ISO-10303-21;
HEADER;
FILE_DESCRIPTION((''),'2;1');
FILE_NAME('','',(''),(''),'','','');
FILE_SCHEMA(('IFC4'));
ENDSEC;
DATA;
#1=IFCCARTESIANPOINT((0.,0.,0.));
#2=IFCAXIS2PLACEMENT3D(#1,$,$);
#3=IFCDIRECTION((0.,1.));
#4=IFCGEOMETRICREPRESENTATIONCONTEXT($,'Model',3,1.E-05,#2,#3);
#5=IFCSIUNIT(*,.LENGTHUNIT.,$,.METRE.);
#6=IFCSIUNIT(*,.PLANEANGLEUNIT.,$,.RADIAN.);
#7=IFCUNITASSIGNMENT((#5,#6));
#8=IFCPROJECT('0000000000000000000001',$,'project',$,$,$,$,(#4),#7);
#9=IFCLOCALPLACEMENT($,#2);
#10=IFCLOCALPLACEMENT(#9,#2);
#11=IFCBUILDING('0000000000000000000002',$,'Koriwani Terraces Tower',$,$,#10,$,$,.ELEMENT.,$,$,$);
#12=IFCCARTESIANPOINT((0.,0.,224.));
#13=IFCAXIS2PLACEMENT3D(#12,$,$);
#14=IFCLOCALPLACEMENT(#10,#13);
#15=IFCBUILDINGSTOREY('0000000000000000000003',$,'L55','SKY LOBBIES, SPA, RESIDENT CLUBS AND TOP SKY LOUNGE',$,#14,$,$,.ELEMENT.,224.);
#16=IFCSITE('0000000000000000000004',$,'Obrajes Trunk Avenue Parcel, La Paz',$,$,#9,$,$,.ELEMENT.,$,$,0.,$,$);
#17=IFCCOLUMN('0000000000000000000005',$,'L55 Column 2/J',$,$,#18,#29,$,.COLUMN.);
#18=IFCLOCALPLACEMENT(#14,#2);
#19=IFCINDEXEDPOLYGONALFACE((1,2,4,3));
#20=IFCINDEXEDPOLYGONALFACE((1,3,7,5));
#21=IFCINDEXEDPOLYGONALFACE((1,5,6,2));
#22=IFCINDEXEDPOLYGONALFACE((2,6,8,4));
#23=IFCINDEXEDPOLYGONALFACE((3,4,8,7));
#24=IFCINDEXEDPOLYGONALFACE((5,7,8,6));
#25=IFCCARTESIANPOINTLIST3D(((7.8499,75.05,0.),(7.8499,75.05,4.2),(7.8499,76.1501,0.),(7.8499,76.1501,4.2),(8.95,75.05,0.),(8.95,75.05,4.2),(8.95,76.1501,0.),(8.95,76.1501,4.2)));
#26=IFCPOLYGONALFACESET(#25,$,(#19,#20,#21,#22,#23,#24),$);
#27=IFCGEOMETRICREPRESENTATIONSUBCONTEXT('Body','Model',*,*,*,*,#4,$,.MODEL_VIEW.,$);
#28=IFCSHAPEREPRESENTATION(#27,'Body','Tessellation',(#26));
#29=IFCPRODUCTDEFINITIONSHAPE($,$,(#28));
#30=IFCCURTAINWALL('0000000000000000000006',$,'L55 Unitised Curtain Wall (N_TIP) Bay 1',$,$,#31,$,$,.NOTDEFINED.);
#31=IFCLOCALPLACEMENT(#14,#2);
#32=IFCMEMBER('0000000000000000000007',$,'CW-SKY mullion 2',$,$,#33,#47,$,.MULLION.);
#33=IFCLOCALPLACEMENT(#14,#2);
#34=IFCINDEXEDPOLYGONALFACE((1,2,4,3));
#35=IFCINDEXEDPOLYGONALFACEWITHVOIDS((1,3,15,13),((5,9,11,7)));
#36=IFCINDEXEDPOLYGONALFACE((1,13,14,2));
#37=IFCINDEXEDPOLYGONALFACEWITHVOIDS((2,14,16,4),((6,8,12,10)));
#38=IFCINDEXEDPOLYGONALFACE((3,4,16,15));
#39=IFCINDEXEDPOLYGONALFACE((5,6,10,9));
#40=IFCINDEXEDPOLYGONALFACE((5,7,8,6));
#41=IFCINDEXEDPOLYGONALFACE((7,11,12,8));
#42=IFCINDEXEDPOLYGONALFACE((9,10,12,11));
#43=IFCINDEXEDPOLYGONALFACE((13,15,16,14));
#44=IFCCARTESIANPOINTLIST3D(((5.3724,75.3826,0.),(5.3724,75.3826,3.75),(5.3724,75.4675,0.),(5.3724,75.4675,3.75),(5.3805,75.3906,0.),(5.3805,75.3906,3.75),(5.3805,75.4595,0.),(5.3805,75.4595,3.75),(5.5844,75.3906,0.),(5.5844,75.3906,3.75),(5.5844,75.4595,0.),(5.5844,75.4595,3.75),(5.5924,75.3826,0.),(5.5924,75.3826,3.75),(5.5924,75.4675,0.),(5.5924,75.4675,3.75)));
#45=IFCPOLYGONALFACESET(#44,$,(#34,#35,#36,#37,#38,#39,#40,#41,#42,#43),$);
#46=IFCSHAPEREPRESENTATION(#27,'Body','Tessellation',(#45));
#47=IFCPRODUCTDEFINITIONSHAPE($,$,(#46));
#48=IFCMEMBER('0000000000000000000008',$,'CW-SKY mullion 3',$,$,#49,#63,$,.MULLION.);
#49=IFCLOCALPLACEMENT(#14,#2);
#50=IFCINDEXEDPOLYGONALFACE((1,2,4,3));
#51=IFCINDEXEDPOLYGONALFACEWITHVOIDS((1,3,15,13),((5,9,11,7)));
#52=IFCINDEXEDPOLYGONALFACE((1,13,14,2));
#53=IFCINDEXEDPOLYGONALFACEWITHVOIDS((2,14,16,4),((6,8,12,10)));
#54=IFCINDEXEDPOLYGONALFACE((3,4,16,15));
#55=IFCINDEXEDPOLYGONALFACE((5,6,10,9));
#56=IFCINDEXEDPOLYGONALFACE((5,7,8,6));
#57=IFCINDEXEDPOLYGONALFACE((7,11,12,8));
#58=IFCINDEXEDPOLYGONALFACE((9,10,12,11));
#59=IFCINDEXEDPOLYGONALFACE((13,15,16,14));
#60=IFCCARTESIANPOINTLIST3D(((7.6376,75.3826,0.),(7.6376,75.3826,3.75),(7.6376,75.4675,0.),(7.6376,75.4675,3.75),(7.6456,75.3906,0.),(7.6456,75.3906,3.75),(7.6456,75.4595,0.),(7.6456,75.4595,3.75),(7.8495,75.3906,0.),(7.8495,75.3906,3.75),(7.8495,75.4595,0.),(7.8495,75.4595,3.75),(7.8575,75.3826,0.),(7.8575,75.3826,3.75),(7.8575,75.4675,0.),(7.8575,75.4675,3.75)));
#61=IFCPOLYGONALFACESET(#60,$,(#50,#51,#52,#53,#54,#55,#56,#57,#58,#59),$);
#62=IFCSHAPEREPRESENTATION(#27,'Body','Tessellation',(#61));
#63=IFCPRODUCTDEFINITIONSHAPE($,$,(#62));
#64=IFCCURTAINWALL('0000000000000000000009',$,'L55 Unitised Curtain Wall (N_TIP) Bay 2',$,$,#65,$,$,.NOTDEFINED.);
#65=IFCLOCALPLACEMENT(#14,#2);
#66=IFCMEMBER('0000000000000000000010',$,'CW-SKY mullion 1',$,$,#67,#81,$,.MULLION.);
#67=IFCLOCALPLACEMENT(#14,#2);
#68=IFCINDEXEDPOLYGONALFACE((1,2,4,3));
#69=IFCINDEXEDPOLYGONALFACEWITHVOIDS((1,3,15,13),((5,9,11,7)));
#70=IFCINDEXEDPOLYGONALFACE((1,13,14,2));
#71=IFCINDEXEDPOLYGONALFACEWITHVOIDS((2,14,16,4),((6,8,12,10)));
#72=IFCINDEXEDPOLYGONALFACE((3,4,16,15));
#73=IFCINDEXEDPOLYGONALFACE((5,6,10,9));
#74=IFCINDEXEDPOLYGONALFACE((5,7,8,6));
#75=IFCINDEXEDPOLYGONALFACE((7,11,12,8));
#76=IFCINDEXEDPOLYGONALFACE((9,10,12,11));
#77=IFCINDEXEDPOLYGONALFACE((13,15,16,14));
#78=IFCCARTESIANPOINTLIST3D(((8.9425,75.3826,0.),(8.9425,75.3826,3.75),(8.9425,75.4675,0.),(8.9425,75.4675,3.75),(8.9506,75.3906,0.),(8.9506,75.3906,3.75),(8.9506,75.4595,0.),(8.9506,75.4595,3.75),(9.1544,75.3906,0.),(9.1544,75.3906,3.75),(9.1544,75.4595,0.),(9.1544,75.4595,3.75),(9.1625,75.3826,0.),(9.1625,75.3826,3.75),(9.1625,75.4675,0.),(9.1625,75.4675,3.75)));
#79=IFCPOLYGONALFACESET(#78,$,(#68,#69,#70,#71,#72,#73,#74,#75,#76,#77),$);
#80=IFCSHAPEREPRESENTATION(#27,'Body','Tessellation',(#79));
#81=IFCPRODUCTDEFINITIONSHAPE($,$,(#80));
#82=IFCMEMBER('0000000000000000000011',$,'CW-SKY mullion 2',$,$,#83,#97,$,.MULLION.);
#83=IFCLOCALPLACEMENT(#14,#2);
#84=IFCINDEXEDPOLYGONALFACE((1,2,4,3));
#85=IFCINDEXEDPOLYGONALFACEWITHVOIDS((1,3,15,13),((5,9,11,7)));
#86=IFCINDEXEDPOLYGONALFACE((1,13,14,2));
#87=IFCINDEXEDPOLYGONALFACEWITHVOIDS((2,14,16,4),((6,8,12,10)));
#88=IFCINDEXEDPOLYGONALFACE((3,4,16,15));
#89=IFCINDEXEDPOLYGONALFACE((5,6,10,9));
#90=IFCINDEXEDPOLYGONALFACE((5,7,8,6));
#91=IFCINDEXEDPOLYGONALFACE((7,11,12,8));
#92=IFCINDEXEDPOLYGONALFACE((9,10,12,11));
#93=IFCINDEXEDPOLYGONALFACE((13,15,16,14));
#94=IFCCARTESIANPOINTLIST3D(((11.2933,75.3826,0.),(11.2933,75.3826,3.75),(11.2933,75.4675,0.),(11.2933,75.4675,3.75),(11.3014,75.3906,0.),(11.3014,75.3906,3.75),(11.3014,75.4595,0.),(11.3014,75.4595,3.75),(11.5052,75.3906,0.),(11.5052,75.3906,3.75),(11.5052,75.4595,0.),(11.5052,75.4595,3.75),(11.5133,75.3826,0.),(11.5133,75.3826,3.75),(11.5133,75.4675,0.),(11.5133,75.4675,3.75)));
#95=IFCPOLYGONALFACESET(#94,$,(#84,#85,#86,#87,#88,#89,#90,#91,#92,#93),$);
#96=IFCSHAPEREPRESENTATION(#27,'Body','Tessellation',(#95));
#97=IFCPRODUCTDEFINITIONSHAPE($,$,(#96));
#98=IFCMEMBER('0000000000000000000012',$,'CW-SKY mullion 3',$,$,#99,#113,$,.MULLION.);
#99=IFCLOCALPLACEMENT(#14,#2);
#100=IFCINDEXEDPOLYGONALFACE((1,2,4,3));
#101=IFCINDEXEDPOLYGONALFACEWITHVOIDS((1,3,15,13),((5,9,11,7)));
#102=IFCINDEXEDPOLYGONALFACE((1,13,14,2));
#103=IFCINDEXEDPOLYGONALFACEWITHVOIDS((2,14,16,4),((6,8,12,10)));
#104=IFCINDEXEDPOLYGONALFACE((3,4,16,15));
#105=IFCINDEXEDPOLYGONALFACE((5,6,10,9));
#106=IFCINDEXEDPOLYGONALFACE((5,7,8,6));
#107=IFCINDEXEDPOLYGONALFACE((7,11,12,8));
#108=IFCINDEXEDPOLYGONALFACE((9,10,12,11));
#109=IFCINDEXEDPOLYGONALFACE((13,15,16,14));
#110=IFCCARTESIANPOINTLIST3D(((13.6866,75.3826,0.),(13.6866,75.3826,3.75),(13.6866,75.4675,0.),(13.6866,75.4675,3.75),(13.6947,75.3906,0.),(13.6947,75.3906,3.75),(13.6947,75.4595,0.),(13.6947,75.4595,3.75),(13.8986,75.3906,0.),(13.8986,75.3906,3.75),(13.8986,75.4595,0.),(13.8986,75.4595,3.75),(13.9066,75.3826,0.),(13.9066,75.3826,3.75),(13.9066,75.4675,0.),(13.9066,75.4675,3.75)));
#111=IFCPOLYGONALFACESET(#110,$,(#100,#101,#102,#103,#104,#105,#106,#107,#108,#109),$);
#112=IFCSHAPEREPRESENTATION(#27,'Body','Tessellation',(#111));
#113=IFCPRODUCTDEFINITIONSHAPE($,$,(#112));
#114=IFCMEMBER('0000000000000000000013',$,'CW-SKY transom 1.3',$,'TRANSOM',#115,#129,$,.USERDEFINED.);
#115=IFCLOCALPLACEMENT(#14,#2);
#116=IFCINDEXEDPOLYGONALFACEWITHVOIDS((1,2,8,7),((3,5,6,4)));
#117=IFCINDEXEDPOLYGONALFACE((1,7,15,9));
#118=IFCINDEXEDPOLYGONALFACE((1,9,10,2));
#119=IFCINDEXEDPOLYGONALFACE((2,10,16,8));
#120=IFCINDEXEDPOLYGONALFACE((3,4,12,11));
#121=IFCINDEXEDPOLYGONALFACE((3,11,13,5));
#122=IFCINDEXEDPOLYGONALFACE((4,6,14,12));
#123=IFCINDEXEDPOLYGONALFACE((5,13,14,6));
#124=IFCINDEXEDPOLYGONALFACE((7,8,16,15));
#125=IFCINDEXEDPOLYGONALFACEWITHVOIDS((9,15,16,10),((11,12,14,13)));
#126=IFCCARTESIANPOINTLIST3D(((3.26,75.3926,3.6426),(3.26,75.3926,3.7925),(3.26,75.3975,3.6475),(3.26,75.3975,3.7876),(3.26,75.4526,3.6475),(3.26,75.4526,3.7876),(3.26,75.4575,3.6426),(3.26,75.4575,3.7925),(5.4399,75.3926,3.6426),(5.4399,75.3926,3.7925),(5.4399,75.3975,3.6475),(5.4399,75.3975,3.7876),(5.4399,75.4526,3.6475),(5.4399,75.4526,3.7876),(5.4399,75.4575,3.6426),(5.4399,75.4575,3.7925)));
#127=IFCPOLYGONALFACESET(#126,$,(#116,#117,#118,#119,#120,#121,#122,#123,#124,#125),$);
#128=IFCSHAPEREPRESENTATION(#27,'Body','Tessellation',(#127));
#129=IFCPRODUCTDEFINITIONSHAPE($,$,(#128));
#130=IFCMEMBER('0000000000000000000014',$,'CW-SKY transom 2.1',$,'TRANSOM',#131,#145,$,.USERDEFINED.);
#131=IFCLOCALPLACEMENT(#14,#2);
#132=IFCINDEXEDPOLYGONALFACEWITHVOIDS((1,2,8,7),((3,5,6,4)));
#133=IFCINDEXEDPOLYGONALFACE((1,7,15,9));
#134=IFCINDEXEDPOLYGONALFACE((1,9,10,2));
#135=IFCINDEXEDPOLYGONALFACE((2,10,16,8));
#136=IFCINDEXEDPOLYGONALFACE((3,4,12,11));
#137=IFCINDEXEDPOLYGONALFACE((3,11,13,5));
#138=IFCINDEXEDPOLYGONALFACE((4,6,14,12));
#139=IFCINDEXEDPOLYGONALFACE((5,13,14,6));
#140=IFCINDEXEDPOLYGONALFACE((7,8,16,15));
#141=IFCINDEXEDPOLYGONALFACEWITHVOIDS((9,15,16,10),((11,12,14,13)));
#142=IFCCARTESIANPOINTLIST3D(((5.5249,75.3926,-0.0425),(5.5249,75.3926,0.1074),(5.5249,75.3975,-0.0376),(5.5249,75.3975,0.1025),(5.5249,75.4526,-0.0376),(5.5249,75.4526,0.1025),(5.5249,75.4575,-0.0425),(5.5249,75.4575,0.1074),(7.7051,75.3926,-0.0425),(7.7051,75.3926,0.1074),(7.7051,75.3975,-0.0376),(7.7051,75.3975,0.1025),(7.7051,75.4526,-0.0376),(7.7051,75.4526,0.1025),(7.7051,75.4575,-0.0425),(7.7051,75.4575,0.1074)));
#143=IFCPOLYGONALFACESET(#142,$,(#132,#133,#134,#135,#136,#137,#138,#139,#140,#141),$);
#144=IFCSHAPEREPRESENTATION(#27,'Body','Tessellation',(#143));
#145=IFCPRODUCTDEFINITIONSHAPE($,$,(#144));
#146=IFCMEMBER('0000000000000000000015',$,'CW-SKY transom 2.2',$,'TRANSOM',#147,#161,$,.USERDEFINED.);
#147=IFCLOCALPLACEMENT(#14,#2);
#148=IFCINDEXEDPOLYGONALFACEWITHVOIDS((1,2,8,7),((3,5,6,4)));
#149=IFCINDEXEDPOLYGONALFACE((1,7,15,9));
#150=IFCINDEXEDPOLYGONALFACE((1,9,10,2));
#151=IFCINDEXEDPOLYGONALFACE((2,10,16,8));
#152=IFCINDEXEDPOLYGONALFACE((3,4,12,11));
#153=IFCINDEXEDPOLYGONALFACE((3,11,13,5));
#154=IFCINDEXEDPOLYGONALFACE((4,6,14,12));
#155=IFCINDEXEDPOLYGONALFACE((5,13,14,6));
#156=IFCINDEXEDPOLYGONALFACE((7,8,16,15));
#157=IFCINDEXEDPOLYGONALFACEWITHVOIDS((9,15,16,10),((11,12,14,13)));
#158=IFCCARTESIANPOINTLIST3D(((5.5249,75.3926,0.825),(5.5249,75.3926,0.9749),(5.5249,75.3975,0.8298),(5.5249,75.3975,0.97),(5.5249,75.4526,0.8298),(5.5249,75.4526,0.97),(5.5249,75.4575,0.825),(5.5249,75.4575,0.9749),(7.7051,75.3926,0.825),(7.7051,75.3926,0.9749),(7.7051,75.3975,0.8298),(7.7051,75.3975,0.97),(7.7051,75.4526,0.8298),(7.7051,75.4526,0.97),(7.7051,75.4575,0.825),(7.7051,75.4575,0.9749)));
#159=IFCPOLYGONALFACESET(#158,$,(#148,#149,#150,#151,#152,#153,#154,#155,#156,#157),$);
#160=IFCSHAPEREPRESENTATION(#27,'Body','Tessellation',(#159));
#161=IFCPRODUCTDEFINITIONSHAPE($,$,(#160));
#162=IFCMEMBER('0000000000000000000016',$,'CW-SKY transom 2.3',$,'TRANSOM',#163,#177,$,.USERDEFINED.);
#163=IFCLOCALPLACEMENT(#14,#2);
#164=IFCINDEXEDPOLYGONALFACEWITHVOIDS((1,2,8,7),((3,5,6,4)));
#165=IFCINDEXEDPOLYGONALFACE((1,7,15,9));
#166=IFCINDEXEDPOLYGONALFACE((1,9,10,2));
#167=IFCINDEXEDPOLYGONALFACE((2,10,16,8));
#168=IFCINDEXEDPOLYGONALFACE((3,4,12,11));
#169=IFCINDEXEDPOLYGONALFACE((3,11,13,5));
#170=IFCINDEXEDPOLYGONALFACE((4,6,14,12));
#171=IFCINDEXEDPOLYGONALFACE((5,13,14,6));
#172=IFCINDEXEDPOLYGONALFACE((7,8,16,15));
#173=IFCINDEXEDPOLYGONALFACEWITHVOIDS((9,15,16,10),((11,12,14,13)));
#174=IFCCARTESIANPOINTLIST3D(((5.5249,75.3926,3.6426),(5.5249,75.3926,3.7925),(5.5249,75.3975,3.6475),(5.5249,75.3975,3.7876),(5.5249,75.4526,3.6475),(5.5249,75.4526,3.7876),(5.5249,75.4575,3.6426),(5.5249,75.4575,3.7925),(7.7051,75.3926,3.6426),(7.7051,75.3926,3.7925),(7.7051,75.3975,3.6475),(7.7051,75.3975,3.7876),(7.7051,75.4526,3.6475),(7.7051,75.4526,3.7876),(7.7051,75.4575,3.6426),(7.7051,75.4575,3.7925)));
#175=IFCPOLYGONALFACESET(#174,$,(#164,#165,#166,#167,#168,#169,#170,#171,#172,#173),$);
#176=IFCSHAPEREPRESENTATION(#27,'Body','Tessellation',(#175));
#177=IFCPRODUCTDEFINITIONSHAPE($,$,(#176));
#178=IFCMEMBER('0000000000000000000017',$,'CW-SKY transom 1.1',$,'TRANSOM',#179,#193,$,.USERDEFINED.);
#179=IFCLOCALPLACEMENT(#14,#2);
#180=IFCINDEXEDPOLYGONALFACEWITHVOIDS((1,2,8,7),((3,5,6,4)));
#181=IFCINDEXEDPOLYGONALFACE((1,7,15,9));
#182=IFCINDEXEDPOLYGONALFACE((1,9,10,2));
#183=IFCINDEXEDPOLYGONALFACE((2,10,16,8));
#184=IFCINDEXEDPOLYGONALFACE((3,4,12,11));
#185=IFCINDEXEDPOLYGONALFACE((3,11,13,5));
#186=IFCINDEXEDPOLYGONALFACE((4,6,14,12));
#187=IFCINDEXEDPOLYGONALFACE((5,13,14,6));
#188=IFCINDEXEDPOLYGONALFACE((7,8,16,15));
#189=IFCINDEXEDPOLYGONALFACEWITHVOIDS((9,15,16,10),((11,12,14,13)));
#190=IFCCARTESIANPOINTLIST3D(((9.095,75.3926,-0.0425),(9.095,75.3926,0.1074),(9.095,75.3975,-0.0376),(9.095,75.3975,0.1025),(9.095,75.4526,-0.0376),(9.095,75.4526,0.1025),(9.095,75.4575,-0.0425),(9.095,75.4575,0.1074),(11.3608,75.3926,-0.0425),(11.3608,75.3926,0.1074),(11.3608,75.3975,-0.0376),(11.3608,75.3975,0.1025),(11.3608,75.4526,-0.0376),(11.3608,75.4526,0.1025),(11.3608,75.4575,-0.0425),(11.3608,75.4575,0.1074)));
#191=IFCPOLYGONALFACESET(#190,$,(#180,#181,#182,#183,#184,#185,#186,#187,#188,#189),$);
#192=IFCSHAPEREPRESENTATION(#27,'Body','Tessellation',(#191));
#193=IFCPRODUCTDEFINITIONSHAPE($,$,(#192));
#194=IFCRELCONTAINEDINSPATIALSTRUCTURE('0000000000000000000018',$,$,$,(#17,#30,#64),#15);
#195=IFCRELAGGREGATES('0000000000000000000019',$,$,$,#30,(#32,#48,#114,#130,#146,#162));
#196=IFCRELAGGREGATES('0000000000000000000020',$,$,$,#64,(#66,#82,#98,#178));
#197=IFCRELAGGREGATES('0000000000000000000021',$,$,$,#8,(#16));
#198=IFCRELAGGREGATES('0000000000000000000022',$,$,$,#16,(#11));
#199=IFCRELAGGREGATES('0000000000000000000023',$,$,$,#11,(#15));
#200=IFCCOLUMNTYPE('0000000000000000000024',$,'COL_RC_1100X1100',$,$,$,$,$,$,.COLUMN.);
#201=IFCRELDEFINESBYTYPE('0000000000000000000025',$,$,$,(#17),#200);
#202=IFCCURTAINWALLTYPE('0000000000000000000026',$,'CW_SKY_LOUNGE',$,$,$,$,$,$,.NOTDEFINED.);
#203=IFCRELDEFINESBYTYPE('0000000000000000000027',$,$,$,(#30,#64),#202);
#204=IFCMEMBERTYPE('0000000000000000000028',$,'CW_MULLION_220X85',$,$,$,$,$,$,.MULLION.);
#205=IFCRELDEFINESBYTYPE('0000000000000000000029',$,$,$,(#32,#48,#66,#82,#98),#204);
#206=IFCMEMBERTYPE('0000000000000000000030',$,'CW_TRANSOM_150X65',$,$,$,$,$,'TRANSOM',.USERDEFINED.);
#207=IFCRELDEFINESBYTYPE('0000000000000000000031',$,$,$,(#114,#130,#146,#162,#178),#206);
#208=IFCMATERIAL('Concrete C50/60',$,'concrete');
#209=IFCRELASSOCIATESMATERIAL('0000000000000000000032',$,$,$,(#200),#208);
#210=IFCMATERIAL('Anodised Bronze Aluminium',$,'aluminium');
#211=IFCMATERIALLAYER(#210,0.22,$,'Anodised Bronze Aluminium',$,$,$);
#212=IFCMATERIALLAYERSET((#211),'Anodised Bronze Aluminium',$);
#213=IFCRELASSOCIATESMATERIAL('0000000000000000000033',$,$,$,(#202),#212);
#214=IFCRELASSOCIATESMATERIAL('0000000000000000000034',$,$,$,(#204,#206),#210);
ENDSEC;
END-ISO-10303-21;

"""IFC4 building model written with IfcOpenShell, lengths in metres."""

from ifc_helpers import new_model, si_unit, direction, frame, origin, origin_2d, place, context, subcontext, project, spatial, rectangle, hollow_rectangle, extrude, material, layer, layer_set, material_profile, profile_set, type_object, element, aggregate, save


model = new_model("IFC4")

# Units and contexts
model_context = context("Model", 3, precision=1e-05, world=origin(), true_north=direction((0.0, 1.0)))
body_context = subcontext(model_context, "Body", "Model", "MODEL_VIEW")
ifc_project = project(units=[si_unit("LENGTHUNIT", "METRE"), si_unit("PLANEANGLEUNIT", "RADIAN")], contexts=[model_context])

# Site, building, storey
site_placement = place(None, origin())
site = spatial("IfcSite", under=ifc_project, at=site_placement, Name="Obrajes Trunk Avenue Parcel, La Paz", CompositionType="ELEMENT", RefElevation=0.0)
building_placement = place(site_placement, origin())
building = spatial("IfcBuilding", under=site, at=building_placement, Name="Koriwani Terraces Tower", CompositionType="ELEMENT")
storey_placement = place(building_placement, frame((0.0, 0.0, 224.0)))
storey = spatial("IfcBuildingStorey", under=building, at=storey_placement, Name="L55", Description="SKY LOBBIES, SPA, RESIDENT CLUBS AND TOP SKY LOUNGE", CompositionType="ELEMENT", Elevation=224.0)

# Column
ifc_material_1 = material(Name="Concrete C50/60", Category="concrete")
ifc_material_profile_1 = material_profile(ifc_material_1, rectangle(XDim=1.1001, YDim=1.1001, at=origin_2d()), Name="Concrete C50/60", Category="LoadBearing")
ifc_profile_set_1 = profile_set([ifc_material_profile_1], Name="Concrete C50/60")
column_type = type_object("IfcColumnType", Name="COL_RC_1100X1100", PredefinedType="COLUMN", material=ifc_profile_set_1)
column_placement = place(storey_placement, frame((8.3999, 75.6001, 0.0), z_axis=(0.0, 0.0, 1.0), x_axis=(1.0, 0.0, 0.0)))
element("IfcColumn", 1, at=column_placement, inside=storey, type_object=column_type, Name="L55 Column 2/J", PredefinedType="COLUMN", context=body_context, shape_type="SweptSolid", body=[
    extrude(rectangle(XDim=1.1001, YDim=1.1001, at=origin_2d()), origin(), (0.0, 0.0, 1.0), 4.2),
])

# Curtain walls, members
ifc_material_2 = material(Name="Anodised Bronze Aluminium", Category="aluminium")
ifc_layer_1 = layer(ifc_material_2, 0.22, Name="Anodised Bronze Aluminium")
ifc_layer_set_1 = layer_set([ifc_layer_1], Name="Anodised Bronze Aluminium")
curtain_wall_type = type_object("IfcCurtainWallType", Name="CW_SKY_LOUNGE", PredefinedType="NOTDEFINED", material=ifc_layer_set_1)
curtain_wall_1_placement = place(storey_placement, origin())
curtain_wall_1 = element("IfcCurtainWall", 2, at=curtain_wall_1_placement, inside=storey, type_object=curtain_wall_type, Name="L55 Unitised Curtain Wall (N_TIP) Bay 1", PredefinedType="NOTDEFINED")
ifc_material_profile_2 = material_profile(ifc_material_2, hollow_rectangle(XDim=0.085, YDim=0.22, WallThickness=0.0081, at=origin_2d()), Name="Anodised Bronze Aluminium", Category="LoadBearing")
ifc_profile_set_2 = profile_set([ifc_material_profile_2], Name="Anodised Bronze Aluminium")
member_type_1 = type_object("IfcMemberType", Name="CW_MULLION_220X85", PredefinedType="MULLION", material=ifc_profile_set_2)
member_1_placement = place(storey_placement, frame((5.4824, 75.425, 0.0), z_axis=(0.0, 0.0, 1.0), x_axis=(0.0, 1.0, 0.0)))
member_1 = element("IfcMember", 3, at=member_1_placement, type_object=member_type_1, Name="CW-SKY mullion 2", PredefinedType="MULLION", context=body_context, shape_type="SweptSolid", body=[
    extrude(hollow_rectangle(XDim=0.085, YDim=0.22, WallThickness=0.0081, at=origin_2d()), origin(), (0.0, 0.0, 1.0), 3.75),
])
member_2_placement = place(storey_placement, frame((7.7476, 75.425, 0.0), z_axis=(0.0, 0.0, 1.0), x_axis=(0.0, 1.0, 0.0)))
member_2 = element("IfcMember", 4, at=member_2_placement, type_object=member_type_1, Name="CW-SKY mullion 3", PredefinedType="MULLION", context=body_context, shape_type="SweptSolid", body=[
    extrude(hollow_rectangle(XDim=0.085, YDim=0.22, WallThickness=0.0081, at=origin_2d()), origin(), (0.0, 0.0, 1.0), 3.75),
])
curtain_wall_2_placement = place(storey_placement, origin())
curtain_wall_2 = element("IfcCurtainWall", 5, at=curtain_wall_2_placement, inside=storey, type_object=curtain_wall_type, Name="L55 Unitised Curtain Wall (N_TIP) Bay 2", PredefinedType="NOTDEFINED")
member_3_placement = place(storey_placement, frame((9.0525, 75.425, 0.0), z_axis=(0.0, 0.0, 1.0), x_axis=(0.0, 1.0, 0.0)))
member_3 = element("IfcMember", 6, at=member_3_placement, type_object=member_type_1, Name="CW-SKY mullion 1", PredefinedType="MULLION", context=body_context, shape_type="SweptSolid", body=[
    extrude(hollow_rectangle(XDim=0.085, YDim=0.22, WallThickness=0.0081, at=origin_2d()), origin(), (0.0, 0.0, 1.0), 3.75),
])
member_4_placement = place(storey_placement, frame((11.4033, 75.425, 0.0), z_axis=(0.0, 0.0, 1.0), x_axis=(0.0, 1.0, 0.0)))
member_4 = element("IfcMember", 7, at=member_4_placement, type_object=member_type_1, Name="CW-SKY mullion 2", PredefinedType="MULLION", context=body_context, shape_type="SweptSolid", body=[
    extrude(hollow_rectangle(XDim=0.085, YDim=0.22, WallThickness=0.0081, at=origin_2d()), origin(), (0.0, 0.0, 1.0), 3.75),
])
member_5_placement = place(storey_placement, frame((13.7966, 75.425, 0.0), z_axis=(0.0, 0.0, 1.0), x_axis=(0.0, 1.0, 0.0)))
member_5 = element("IfcMember", 8, at=member_5_placement, type_object=member_type_1, Name="CW-SKY mullion 3", PredefinedType="MULLION", context=body_context, shape_type="SweptSolid", body=[
    extrude(hollow_rectangle(XDim=0.085, YDim=0.22, WallThickness=0.0081, at=origin_2d()), origin(), (0.0, 0.0, 1.0), 3.75),
])

# Members
ifc_material_profile_3 = material_profile(ifc_material_2, hollow_rectangle(XDim=0.0649, YDim=0.1499, WallThickness=0.0049, at=origin_2d()), Name="Anodised Bronze Aluminium", Category="LoadBearing")
ifc_profile_set_3 = profile_set([ifc_material_profile_3], Name="Anodised Bronze Aluminium")
member_type_2 = type_object("IfcMemberType", Name="CW_TRANSOM_150X65", ElementType="TRANSOM", PredefinedType="USERDEFINED", material=ifc_profile_set_3)
member_6_placement = place(storey_placement, frame((3.26, 75.425, 3.7175), z_axis=(1.0, 0.0, 0.0), x_axis=(0.0, 1.0, 0.0)))
member_6 = element("IfcMember", 9, at=member_6_placement, type_object=member_type_2, Name="CW-SKY transom 1.3", ObjectType="TRANSOM", PredefinedType="USERDEFINED", context=body_context, shape_type="SweptSolid", body=[
    extrude(hollow_rectangle(XDim=0.0649, YDim=0.1499, WallThickness=0.0049, at=origin_2d()), origin(), (0.0, 0.0, 1.0), 2.1799),
])
member_7_placement = place(storey_placement, frame((5.5249, 75.425, 0.0325), z_axis=(1.0, 0.0, 0.0), x_axis=(0.0, 1.0, 0.0)))
member_7 = element("IfcMember", 10, at=member_7_placement, type_object=member_type_2, Name="CW-SKY transom 2.1", ObjectType="TRANSOM", PredefinedType="USERDEFINED", context=body_context, shape_type="SweptSolid", body=[
    extrude(hollow_rectangle(XDim=0.0649, YDim=0.1499, WallThickness=0.0049, at=origin_2d()), origin(), (0.0, 0.0, 1.0), 2.1802),
])
member_8_placement = place(storey_placement, frame((5.5249, 75.425, 0.8999), z_axis=(1.0, 0.0, 0.0), x_axis=(0.0, 1.0, 0.0)))
member_8 = element("IfcMember", 11, at=member_8_placement, type_object=member_type_2, Name="CW-SKY transom 2.2", ObjectType="TRANSOM", PredefinedType="USERDEFINED", context=body_context, shape_type="SweptSolid", body=[
    extrude(hollow_rectangle(XDim=0.0649, YDim=0.1499, WallThickness=0.0049, at=origin_2d()), origin(), (0.0, 0.0, 1.0), 2.1802),
])
member_9_placement = place(storey_placement, frame((5.5249, 75.425, 3.7175), z_axis=(1.0, 0.0, 0.0), x_axis=(0.0, 1.0, 0.0)))
member_9 = element("IfcMember", 12, at=member_9_placement, type_object=member_type_2, Name="CW-SKY transom 2.3", ObjectType="TRANSOM", PredefinedType="USERDEFINED", context=body_context, shape_type="SweptSolid", body=[
    extrude(hollow_rectangle(XDim=0.0649, YDim=0.1499, WallThickness=0.0049, at=origin_2d()), origin(), (0.0, 0.0, 1.0), 2.1802),
])
member_10_placement = place(storey_placement, frame((9.095, 75.425, 0.0325), z_axis=(1.0, 0.0, 0.0), x_axis=(0.0, 1.0, 0.0)))
member_10 = element("IfcMember", 13, at=member_10_placement, type_object=member_type_2, Name="CW-SKY transom 1.1", ObjectType="TRANSOM", PredefinedType="USERDEFINED", context=body_context, shape_type="SweptSolid", body=[
    extrude(hollow_rectangle(XDim=0.0649, YDim=0.1499, WallThickness=0.0049, at=origin_2d()), origin(), (0.0, 0.0, 1.0), 2.2659),
])

aggregate(curtain_wall_1, [member_1, member_2, member_6, member_7, member_8, member_9])
aggregate(curtain_wall_2, [member_3, member_4, member_5, member_10])

save(model, "model.ifc")
